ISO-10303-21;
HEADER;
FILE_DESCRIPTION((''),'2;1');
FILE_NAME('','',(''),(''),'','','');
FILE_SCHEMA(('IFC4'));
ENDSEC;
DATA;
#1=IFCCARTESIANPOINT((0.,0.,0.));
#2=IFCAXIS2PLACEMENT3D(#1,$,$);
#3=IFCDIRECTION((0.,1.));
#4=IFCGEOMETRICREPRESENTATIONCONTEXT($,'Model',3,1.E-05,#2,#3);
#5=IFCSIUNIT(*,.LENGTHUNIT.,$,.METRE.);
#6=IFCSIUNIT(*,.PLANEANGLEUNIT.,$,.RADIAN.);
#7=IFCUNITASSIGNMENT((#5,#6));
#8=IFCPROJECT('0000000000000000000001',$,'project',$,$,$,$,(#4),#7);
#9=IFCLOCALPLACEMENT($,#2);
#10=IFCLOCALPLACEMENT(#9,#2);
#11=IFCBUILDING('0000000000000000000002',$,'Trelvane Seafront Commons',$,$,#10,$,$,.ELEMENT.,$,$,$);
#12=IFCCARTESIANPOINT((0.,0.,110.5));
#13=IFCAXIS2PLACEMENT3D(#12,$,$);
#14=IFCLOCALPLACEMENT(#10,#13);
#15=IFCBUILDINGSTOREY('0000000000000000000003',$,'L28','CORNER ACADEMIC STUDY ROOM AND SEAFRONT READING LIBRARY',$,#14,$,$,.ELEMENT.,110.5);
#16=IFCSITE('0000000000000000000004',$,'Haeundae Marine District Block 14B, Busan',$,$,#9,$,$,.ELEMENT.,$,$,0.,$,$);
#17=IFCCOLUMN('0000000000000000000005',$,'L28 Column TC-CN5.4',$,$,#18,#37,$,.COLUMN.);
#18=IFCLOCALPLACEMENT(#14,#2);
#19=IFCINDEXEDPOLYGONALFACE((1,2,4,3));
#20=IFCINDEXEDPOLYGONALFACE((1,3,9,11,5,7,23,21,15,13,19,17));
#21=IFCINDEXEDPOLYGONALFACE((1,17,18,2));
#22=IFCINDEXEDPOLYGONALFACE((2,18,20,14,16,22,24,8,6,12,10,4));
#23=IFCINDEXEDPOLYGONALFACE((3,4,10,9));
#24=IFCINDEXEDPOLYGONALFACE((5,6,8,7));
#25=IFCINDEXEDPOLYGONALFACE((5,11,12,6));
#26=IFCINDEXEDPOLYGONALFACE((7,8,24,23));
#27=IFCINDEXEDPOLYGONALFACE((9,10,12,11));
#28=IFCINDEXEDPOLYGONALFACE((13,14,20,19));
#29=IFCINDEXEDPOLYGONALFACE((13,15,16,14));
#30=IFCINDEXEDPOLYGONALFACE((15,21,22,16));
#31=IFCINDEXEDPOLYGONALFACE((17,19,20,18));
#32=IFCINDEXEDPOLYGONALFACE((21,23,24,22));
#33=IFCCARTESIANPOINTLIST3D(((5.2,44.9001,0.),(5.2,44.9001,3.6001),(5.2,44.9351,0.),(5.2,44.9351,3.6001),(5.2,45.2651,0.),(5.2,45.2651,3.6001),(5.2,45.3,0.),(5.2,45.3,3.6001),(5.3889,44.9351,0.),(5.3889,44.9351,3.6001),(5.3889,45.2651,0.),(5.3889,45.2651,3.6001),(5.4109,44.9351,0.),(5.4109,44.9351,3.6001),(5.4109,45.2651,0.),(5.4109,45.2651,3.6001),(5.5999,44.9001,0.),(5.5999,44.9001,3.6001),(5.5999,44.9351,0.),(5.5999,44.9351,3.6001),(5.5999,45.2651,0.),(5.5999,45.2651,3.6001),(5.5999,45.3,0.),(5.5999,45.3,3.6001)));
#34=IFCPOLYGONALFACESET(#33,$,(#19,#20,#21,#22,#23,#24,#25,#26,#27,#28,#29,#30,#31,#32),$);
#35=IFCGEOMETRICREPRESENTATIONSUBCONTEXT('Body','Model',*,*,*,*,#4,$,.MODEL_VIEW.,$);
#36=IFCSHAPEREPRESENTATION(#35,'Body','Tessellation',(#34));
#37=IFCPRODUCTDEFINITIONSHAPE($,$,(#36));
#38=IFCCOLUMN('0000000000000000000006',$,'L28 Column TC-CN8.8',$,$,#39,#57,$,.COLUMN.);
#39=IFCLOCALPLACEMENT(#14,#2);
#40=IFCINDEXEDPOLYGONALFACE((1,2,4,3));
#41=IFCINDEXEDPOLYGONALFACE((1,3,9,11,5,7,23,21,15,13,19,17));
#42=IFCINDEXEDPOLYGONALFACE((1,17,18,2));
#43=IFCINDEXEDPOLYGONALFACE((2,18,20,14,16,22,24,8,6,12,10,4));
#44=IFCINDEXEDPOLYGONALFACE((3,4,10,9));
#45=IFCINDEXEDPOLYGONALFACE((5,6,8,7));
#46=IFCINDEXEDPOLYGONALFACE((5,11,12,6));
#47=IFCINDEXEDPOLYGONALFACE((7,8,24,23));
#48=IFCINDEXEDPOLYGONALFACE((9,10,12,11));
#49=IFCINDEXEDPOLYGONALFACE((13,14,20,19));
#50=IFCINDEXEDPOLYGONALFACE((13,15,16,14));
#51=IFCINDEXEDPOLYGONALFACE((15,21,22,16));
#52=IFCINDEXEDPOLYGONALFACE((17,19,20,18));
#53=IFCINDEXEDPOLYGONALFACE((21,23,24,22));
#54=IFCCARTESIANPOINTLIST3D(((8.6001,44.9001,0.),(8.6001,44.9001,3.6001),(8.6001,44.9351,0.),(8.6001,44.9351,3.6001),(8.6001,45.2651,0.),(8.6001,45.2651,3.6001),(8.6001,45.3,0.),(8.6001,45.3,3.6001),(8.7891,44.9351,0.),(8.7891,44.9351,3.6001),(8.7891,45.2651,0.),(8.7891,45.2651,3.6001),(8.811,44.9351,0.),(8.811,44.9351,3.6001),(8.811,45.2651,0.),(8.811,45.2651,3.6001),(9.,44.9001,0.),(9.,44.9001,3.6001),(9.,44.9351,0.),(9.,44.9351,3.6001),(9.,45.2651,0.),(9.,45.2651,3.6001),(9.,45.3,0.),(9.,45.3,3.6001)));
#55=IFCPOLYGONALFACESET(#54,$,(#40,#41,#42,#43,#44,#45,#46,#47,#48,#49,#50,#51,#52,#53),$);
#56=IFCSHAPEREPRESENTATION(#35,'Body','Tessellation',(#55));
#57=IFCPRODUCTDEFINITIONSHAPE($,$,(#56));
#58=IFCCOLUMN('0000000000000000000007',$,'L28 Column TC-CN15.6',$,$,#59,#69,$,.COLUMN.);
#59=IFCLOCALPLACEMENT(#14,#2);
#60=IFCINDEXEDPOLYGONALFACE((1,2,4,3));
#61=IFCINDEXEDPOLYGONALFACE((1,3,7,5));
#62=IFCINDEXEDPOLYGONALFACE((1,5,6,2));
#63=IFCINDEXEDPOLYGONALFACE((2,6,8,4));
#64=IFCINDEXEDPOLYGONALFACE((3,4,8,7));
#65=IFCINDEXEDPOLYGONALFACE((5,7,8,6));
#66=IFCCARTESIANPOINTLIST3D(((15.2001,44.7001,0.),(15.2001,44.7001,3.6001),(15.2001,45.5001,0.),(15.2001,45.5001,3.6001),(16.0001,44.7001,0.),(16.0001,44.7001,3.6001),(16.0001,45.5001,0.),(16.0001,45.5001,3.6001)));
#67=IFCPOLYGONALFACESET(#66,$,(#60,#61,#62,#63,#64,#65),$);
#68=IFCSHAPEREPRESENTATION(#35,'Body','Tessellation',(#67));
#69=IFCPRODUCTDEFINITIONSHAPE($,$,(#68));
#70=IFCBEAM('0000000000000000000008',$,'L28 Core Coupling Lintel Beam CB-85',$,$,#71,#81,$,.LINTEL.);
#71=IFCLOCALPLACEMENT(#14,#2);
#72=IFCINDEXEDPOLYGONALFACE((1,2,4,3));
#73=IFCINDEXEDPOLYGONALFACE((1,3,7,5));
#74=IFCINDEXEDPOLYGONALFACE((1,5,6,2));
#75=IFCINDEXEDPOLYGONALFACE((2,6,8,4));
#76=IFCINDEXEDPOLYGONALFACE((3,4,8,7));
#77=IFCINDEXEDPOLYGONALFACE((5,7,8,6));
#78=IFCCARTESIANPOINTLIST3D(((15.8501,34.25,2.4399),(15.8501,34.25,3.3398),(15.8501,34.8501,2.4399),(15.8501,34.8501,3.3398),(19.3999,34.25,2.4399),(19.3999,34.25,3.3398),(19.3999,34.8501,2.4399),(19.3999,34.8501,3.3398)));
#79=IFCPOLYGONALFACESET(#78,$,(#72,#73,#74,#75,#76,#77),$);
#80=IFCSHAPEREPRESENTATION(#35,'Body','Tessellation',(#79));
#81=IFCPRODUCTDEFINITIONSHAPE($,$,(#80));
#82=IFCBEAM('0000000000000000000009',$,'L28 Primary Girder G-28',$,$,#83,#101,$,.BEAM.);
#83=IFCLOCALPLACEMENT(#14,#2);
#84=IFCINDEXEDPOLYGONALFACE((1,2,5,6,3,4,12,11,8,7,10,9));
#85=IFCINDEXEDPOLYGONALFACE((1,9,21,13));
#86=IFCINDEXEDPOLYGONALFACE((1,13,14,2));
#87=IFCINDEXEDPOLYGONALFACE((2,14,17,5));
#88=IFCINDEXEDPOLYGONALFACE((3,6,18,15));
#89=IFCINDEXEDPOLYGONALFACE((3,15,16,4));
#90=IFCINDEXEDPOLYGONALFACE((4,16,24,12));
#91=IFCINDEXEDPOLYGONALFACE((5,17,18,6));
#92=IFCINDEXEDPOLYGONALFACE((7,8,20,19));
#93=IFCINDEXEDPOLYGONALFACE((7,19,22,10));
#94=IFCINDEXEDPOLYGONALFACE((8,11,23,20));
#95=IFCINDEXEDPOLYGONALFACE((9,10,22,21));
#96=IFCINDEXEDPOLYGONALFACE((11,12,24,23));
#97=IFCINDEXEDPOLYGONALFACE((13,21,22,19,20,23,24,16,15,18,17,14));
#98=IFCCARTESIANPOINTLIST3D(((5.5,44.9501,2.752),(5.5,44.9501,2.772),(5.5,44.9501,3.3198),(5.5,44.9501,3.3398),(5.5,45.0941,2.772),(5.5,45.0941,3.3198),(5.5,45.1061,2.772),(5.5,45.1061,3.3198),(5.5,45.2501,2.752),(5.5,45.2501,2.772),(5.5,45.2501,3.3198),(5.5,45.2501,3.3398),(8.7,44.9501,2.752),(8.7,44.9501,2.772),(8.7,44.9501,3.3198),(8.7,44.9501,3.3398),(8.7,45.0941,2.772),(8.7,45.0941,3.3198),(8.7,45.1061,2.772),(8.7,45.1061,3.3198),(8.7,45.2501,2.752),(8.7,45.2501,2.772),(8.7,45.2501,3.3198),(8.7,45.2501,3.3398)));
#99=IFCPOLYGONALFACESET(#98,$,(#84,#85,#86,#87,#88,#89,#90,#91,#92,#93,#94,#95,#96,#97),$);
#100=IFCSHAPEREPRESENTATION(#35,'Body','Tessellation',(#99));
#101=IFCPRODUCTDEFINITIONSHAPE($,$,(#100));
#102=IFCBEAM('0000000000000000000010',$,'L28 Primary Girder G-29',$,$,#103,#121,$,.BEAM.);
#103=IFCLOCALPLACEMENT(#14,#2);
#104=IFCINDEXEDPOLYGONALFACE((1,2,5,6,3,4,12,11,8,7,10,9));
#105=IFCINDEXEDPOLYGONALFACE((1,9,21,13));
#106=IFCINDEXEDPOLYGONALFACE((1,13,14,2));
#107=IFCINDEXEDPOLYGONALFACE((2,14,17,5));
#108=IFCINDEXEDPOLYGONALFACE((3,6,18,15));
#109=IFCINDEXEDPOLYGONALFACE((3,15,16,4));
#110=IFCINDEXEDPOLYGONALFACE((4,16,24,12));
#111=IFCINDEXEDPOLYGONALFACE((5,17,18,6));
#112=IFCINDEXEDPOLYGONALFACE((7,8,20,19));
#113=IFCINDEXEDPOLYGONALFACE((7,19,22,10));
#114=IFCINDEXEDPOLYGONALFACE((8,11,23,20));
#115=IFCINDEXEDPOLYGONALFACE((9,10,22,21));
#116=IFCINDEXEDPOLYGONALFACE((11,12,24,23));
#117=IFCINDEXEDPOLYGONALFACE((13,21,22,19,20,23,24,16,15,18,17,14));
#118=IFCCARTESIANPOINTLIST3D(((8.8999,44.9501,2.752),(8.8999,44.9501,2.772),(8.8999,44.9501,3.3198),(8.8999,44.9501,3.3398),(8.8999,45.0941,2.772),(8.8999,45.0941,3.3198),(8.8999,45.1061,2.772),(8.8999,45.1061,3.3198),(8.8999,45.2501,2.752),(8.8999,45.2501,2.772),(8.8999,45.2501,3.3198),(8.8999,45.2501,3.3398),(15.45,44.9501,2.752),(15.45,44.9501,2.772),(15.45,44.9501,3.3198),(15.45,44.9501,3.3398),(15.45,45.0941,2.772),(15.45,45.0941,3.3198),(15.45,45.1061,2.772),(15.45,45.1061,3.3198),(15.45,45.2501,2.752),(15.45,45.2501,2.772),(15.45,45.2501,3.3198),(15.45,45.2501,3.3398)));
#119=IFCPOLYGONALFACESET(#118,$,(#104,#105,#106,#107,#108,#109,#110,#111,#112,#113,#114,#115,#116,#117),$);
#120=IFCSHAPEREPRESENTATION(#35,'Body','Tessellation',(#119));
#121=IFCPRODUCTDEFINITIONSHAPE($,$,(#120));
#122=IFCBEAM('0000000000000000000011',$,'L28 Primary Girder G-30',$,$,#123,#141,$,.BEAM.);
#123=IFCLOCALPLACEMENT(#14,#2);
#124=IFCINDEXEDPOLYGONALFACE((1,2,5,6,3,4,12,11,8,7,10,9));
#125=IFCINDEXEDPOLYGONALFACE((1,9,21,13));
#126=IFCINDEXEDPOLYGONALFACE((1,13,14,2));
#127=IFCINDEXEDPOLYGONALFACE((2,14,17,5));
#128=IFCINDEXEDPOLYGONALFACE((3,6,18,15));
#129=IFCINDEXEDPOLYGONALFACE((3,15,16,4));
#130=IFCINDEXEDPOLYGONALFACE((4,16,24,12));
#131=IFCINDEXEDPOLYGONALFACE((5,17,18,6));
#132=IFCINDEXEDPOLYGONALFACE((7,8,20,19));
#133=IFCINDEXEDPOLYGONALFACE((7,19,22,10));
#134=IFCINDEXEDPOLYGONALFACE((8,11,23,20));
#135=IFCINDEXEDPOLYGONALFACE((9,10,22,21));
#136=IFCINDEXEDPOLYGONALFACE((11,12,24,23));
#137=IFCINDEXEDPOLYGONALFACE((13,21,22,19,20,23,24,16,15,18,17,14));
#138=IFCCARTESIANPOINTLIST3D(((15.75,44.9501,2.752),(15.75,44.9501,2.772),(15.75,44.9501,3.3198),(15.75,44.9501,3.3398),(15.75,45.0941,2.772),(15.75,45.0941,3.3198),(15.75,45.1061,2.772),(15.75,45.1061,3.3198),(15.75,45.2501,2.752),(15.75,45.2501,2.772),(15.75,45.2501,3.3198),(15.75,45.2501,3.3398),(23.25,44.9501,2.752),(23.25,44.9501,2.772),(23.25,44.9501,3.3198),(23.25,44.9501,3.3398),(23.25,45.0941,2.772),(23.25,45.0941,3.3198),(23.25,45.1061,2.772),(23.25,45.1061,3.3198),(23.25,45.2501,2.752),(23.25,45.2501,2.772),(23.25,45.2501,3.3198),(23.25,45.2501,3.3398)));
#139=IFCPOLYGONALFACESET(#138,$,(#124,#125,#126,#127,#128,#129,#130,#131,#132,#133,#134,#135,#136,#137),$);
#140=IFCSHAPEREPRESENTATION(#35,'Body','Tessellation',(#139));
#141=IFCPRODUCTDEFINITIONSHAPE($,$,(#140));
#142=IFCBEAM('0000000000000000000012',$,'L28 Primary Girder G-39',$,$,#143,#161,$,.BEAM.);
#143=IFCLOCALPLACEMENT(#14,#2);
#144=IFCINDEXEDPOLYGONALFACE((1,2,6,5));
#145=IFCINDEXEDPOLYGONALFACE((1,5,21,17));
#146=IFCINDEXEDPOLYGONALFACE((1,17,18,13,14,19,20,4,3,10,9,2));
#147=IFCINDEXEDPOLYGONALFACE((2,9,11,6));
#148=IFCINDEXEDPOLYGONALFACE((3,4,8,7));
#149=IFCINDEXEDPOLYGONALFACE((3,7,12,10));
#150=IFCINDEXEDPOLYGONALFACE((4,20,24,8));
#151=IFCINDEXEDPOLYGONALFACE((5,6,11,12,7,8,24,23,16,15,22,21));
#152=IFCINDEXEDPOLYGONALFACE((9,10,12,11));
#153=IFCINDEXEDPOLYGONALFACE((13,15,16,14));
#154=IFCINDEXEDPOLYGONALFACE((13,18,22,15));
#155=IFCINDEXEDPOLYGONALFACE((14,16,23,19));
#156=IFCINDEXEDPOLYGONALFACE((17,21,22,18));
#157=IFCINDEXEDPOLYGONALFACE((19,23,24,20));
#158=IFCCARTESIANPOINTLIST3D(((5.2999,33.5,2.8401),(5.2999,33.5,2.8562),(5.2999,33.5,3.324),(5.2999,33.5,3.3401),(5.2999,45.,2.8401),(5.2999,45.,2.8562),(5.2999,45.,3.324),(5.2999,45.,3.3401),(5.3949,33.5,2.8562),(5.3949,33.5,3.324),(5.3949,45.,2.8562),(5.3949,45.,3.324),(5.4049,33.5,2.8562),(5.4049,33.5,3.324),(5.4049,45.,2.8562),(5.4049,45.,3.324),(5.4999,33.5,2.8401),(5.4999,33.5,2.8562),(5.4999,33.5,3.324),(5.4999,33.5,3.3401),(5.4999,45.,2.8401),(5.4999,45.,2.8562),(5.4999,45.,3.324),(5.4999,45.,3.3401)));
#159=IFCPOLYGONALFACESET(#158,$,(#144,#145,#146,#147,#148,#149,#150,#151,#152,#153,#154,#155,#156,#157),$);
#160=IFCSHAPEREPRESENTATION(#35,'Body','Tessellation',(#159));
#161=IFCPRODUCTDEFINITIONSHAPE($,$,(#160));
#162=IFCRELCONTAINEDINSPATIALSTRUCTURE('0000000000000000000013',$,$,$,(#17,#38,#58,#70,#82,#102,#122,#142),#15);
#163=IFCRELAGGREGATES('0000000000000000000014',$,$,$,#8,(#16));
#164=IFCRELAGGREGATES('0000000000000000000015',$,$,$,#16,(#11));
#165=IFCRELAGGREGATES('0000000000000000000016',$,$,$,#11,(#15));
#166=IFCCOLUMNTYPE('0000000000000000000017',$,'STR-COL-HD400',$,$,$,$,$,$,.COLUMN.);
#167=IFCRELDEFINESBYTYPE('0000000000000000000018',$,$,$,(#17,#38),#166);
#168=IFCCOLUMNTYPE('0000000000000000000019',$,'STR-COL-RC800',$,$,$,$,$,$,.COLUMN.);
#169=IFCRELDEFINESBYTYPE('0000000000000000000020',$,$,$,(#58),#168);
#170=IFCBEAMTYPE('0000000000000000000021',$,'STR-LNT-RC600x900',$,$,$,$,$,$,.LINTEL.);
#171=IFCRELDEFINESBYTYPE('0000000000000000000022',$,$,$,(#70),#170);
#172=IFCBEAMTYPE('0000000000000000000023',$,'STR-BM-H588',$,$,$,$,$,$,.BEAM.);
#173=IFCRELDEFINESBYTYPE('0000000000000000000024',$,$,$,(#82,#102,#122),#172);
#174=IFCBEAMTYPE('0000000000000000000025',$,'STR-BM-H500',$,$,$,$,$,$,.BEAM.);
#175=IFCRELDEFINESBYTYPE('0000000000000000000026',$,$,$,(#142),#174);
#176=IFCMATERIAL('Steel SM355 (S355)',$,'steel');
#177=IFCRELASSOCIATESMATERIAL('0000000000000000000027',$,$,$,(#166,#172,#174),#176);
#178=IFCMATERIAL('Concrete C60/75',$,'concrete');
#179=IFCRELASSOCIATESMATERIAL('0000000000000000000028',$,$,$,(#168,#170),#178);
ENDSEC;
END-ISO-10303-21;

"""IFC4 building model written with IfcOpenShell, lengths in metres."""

from ifc_helpers import new_model, si_unit, direction, frame, origin, origin_2d, place, context, subcontext, project, spatial, rectangle, i_section, extrude, source, transform, mapped, material, material_profile, profile_set, type_object, element, save


model = new_model("IFC4")

# Units and contexts
model_context = context("Model", 3, precision=1e-05, world=origin(), true_north=direction((0.0, 1.0)))
body_context = subcontext(model_context, "Body", "Model", "MODEL_VIEW")
ifc_project = project(units=[si_unit("LENGTHUNIT", "METRE"), si_unit("PLANEANGLEUNIT", "RADIAN")], contexts=[model_context])

# Site, building, storey
site_placement = place(None, origin())
site = spatial("IfcSite", under=ifc_project, at=site_placement, Name="Haeundae Marine District Block 14B, Busan", CompositionType="ELEMENT", RefElevation=0.0)
building_placement = place(site_placement, origin())
building = spatial("IfcBuilding", under=site, at=building_placement, Name="Trelvane Seafront Commons", CompositionType="ELEMENT")
storey_placement = place(building_placement, frame((0.0, 0.0, 110.5)))
storey = spatial("IfcBuildingStorey", under=building, at=storey_placement, Name="L28", Description="CORNER ACADEMIC STUDY ROOM AND SEAFRONT READING LIBRARY", CompositionType="ELEMENT", Elevation=110.5)

# Columns
ifc_material_1 = material(Name="Steel SM355 (S355)", Category="steel")
ifc_material_profile_1 = material_profile(ifc_material_1, i_section(OverallWidth=0.3999, OverallDepth=0.3999, WebThickness=0.022, FlangeThickness=0.0349, at=origin_2d()), Name="HD-400x400x22x35")
ifc_profile_set_1 = profile_set([ifc_material_profile_1], Name="Steel SM355 (S355)")
column_type_1 = type_object("IfcColumnType", Name="STR-COL-HD400", PredefinedType="COLUMN", material=ifc_profile_set_1)
shared_shape_1 = source(origin(), body_context, "Body", "SweptSolid", [
    extrude(i_section(OverallWidth=0.3999, OverallDepth=0.3999, WebThickness=0.022, FlangeThickness=0.0349, at=origin_2d()), origin(), (0.0, 0.0, 1.0), 3.6001),
])
for number, where, z_axis, x_axis, name in (
    (1, (5.3999, 45.1001, 0.0), (0.0, 0.0, 1.0), (1.0, 0.0, 0.0), "L28 Column TC-CN5.4"),
    (2, (8.8, 45.1001, 0.0), (0.0, 0.0, 1.0), (1.0, 0.0, 0.0), "L28 Column TC-CN8.8"),
):
    element("IfcColumn", number, at=place(storey_placement, frame(where, z_axis=z_axis, x_axis=x_axis)), inside=storey, type_object=column_type_1, Name=name, PredefinedType="COLUMN", context=body_context, shape_type="MappedRepresentation", body=[
        mapped(shared_shape_1, transform((0.0, 0.0, 0.0), x_axis=(1.0, 0.0, 0.0), y_axis=(0.0, 1.0, 0.0), z_axis=(0.0, 0.0, 1.0), scale=1.0)),
    ])
ifc_material_2 = material(Name="Concrete C60/75", Category="concrete")
ifc_material_profile_2 = material_profile(ifc_material_2, rectangle(XDim=0.8, YDim=0.8, at=origin_2d()), Name="RC-800x800")
ifc_profile_set_2 = profile_set([ifc_material_profile_2], Name="Concrete C60/75")
column_type_2 = type_object("IfcColumnType", Name="STR-COL-RC800", PredefinedType="COLUMN", material=ifc_profile_set_2)
shared_shape_2 = source(origin(), body_context, "Body", "SweptSolid", [
    extrude(rectangle(XDim=0.8, YDim=0.8, at=origin_2d()), origin(), (0.0, 0.0, 1.0), 3.6001),
])
column_placement = place(storey_placement, frame((15.6001, 45.1001, 0.0), z_axis=(0.0, 0.0, 1.0), x_axis=(1.0, 0.0, 0.0)))
element("IfcColumn", 3, at=column_placement, inside=storey, type_object=column_type_2, Name="L28 Column TC-CN15.6", PredefinedType="COLUMN", context=body_context, shape_type="MappedRepresentation", body=[
    mapped(shared_shape_2, transform((0.0, 0.0, 0.0), x_axis=(1.0, 0.0, 0.0), y_axis=(0.0, 1.0, 0.0), z_axis=(0.0, 0.0, 1.0), scale=1.0)),
])

# Beams
ifc_material_profile_3 = material_profile(ifc_material_2, rectangle(XDim=0.6001, YDim=0.8999, at=origin_2d()), Name="RC-600x900")
ifc_profile_set_3 = profile_set([ifc_material_profile_3], Name="Concrete C60/75")
beam_type_1 = type_object("IfcBeamType", Name="STR-LNT-RC600x900", PredefinedType="LINTEL", material=ifc_profile_set_3)
shared_shape_3 = source(origin(), body_context, "Body", "SweptSolid", [
    extrude(rectangle(XDim=0.6001, YDim=0.8999, at=origin_2d()), origin(), (0.0, 0.0, 1.0), 3.5498),
])
beam_1_placement = place(storey_placement, frame((15.8501, 34.55, 2.8899), z_axis=(1.0, 0.0, 0.0), x_axis=(0.0, 1.0, 0.0)))
element("IfcBeam", 4, at=beam_1_placement, inside=storey, type_object=beam_type_1, Name="L28 Core Coupling Lintel Beam CB-85", PredefinedType="LINTEL", context=body_context, shape_type="MappedRepresentation", body=[
    mapped(shared_shape_3, transform((0.0, 0.0, 0.0), x_axis=(1.0, 0.0, 0.0), y_axis=(0.0, 1.0, 0.0), z_axis=(0.0, 0.0, 1.0), scale=1.0)),
])
ifc_material_profile_4 = material_profile(ifc_material_1, i_section(OverallWidth=0.3, OverallDepth=0.5879, WebThickness=0.012, FlangeThickness=0.02, at=origin_2d()), Name="H-588x300x12x20")
ifc_profile_set_4 = profile_set([ifc_material_profile_4], Name="Steel SM355 (S355)")
beam_type_2 = type_object("IfcBeamType", Name="STR-BM-H588", PredefinedType="BEAM", material=ifc_profile_set_4)
shared_shape_4 = source(origin(), body_context, "Body", "SweptSolid", [
    extrude(i_section(OverallWidth=0.3, OverallDepth=0.5879, WebThickness=0.012, FlangeThickness=0.02, at=origin_2d()), origin(), (0.0, 0.0, 1.0), 3.2),
])
beam_2_placement = place(storey_placement, frame((5.5, 45.1001, 3.0459), z_axis=(1.0, 0.0, 0.0), x_axis=(0.0, 1.0, 0.0)))
element("IfcBeam", 5, at=beam_2_placement, inside=storey, type_object=beam_type_2, Name="L28 Primary Girder G-28", PredefinedType="BEAM", context=body_context, shape_type="MappedRepresentation", body=[
    mapped(shared_shape_4, transform((0.0, 0.0, 0.0), x_axis=(1.0, 0.0, 0.0), y_axis=(0.0, 1.0, 0.0), z_axis=(0.0, 0.0, 1.0), scale=1.0)),
])
shared_shape_5 = source(origin(), body_context, "Body", "SweptSolid", [
    extrude(i_section(OverallWidth=0.3, OverallDepth=0.5879, WebThickness=0.012, FlangeThickness=0.02, at=origin_2d()), origin(), (0.0, 0.0, 1.0), 6.55),
])
beam_3_placement = place(storey_placement, frame((8.8999, 45.1001, 3.0459), z_axis=(1.0, 0.0, 0.0), x_axis=(0.0, 1.0, 0.0)))
element("IfcBeam", 6, at=beam_3_placement, inside=storey, type_object=beam_type_2, Name="L28 Primary Girder G-29", PredefinedType="BEAM", context=body_context, shape_type="MappedRepresentation", body=[
    mapped(shared_shape_5, transform((0.0, 0.0, 0.0), x_axis=(1.0, 0.0, 0.0), y_axis=(0.0, 1.0, 0.0), z_axis=(0.0, 0.0, 1.0), scale=1.0)),
])
shared_shape_6 = source(origin(), body_context, "Body", "SweptSolid", [
    extrude(i_section(OverallWidth=0.3, OverallDepth=0.5879, WebThickness=0.012, FlangeThickness=0.02, at=origin_2d()), origin(), (0.0, 0.0, 1.0), 7.5),
])
beam_4_placement = place(storey_placement, frame((15.75, 45.1001, 3.0459), z_axis=(1.0, 0.0, 0.0), x_axis=(0.0, 1.0, 0.0)))
element("IfcBeam", 7, at=beam_4_placement, inside=storey, type_object=beam_type_2, Name="L28 Primary Girder G-30", PredefinedType="BEAM", context=body_context, shape_type="MappedRepresentation", body=[
    mapped(shared_shape_6, transform((0.0, 0.0, 0.0), x_axis=(1.0, 0.0, 0.0), y_axis=(0.0, 1.0, 0.0), z_axis=(0.0, 0.0, 1.0), scale=1.0)),
])
ifc_material_profile_5 = material_profile(ifc_material_1, i_section(OverallWidth=0.2, OverallDepth=0.5, WebThickness=0.01, FlangeThickness=0.0161, at=origin_2d()), Name="H-500x200x10x16")
ifc_profile_set_5 = profile_set([ifc_material_profile_5], Name="Steel SM355 (S355)")
beam_type_3 = type_object("IfcBeamType", Name="STR-BM-H500", PredefinedType="BEAM", material=ifc_profile_set_5)
shared_shape_7 = source(origin(), body_context, "Body", "SweptSolid", [
    extrude(i_section(OverallWidth=0.2, OverallDepth=0.5, WebThickness=0.01, FlangeThickness=0.0161, at=origin_2d()), origin(), (0.0, 0.0, 1.0), 11.5),
])
for number, where, z_axis, x_axis, name in (
    (8, (5.3999, 33.5, 3.0901), (0.0, 1.0, 0.0), (-1.0, 0.0, 0.0), "L28 Primary Girder G-39"),
):
    element("IfcBeam", number, at=place(storey_placement, frame(where, z_axis=z_axis, x_axis=x_axis)), inside=storey, type_object=beam_type_3, Name=name, PredefinedType="BEAM", context=body_context, shape_type="MappedRepresentation", body=[
        mapped(shared_shape_7, transform((0.0, 0.0, 0.0), x_axis=(1.0, 0.0, 0.0), y_axis=(0.0, 1.0, 0.0), z_axis=(0.0, 0.0, 1.0), scale=1.0)),
    ])

save(model, "model.ifc")
